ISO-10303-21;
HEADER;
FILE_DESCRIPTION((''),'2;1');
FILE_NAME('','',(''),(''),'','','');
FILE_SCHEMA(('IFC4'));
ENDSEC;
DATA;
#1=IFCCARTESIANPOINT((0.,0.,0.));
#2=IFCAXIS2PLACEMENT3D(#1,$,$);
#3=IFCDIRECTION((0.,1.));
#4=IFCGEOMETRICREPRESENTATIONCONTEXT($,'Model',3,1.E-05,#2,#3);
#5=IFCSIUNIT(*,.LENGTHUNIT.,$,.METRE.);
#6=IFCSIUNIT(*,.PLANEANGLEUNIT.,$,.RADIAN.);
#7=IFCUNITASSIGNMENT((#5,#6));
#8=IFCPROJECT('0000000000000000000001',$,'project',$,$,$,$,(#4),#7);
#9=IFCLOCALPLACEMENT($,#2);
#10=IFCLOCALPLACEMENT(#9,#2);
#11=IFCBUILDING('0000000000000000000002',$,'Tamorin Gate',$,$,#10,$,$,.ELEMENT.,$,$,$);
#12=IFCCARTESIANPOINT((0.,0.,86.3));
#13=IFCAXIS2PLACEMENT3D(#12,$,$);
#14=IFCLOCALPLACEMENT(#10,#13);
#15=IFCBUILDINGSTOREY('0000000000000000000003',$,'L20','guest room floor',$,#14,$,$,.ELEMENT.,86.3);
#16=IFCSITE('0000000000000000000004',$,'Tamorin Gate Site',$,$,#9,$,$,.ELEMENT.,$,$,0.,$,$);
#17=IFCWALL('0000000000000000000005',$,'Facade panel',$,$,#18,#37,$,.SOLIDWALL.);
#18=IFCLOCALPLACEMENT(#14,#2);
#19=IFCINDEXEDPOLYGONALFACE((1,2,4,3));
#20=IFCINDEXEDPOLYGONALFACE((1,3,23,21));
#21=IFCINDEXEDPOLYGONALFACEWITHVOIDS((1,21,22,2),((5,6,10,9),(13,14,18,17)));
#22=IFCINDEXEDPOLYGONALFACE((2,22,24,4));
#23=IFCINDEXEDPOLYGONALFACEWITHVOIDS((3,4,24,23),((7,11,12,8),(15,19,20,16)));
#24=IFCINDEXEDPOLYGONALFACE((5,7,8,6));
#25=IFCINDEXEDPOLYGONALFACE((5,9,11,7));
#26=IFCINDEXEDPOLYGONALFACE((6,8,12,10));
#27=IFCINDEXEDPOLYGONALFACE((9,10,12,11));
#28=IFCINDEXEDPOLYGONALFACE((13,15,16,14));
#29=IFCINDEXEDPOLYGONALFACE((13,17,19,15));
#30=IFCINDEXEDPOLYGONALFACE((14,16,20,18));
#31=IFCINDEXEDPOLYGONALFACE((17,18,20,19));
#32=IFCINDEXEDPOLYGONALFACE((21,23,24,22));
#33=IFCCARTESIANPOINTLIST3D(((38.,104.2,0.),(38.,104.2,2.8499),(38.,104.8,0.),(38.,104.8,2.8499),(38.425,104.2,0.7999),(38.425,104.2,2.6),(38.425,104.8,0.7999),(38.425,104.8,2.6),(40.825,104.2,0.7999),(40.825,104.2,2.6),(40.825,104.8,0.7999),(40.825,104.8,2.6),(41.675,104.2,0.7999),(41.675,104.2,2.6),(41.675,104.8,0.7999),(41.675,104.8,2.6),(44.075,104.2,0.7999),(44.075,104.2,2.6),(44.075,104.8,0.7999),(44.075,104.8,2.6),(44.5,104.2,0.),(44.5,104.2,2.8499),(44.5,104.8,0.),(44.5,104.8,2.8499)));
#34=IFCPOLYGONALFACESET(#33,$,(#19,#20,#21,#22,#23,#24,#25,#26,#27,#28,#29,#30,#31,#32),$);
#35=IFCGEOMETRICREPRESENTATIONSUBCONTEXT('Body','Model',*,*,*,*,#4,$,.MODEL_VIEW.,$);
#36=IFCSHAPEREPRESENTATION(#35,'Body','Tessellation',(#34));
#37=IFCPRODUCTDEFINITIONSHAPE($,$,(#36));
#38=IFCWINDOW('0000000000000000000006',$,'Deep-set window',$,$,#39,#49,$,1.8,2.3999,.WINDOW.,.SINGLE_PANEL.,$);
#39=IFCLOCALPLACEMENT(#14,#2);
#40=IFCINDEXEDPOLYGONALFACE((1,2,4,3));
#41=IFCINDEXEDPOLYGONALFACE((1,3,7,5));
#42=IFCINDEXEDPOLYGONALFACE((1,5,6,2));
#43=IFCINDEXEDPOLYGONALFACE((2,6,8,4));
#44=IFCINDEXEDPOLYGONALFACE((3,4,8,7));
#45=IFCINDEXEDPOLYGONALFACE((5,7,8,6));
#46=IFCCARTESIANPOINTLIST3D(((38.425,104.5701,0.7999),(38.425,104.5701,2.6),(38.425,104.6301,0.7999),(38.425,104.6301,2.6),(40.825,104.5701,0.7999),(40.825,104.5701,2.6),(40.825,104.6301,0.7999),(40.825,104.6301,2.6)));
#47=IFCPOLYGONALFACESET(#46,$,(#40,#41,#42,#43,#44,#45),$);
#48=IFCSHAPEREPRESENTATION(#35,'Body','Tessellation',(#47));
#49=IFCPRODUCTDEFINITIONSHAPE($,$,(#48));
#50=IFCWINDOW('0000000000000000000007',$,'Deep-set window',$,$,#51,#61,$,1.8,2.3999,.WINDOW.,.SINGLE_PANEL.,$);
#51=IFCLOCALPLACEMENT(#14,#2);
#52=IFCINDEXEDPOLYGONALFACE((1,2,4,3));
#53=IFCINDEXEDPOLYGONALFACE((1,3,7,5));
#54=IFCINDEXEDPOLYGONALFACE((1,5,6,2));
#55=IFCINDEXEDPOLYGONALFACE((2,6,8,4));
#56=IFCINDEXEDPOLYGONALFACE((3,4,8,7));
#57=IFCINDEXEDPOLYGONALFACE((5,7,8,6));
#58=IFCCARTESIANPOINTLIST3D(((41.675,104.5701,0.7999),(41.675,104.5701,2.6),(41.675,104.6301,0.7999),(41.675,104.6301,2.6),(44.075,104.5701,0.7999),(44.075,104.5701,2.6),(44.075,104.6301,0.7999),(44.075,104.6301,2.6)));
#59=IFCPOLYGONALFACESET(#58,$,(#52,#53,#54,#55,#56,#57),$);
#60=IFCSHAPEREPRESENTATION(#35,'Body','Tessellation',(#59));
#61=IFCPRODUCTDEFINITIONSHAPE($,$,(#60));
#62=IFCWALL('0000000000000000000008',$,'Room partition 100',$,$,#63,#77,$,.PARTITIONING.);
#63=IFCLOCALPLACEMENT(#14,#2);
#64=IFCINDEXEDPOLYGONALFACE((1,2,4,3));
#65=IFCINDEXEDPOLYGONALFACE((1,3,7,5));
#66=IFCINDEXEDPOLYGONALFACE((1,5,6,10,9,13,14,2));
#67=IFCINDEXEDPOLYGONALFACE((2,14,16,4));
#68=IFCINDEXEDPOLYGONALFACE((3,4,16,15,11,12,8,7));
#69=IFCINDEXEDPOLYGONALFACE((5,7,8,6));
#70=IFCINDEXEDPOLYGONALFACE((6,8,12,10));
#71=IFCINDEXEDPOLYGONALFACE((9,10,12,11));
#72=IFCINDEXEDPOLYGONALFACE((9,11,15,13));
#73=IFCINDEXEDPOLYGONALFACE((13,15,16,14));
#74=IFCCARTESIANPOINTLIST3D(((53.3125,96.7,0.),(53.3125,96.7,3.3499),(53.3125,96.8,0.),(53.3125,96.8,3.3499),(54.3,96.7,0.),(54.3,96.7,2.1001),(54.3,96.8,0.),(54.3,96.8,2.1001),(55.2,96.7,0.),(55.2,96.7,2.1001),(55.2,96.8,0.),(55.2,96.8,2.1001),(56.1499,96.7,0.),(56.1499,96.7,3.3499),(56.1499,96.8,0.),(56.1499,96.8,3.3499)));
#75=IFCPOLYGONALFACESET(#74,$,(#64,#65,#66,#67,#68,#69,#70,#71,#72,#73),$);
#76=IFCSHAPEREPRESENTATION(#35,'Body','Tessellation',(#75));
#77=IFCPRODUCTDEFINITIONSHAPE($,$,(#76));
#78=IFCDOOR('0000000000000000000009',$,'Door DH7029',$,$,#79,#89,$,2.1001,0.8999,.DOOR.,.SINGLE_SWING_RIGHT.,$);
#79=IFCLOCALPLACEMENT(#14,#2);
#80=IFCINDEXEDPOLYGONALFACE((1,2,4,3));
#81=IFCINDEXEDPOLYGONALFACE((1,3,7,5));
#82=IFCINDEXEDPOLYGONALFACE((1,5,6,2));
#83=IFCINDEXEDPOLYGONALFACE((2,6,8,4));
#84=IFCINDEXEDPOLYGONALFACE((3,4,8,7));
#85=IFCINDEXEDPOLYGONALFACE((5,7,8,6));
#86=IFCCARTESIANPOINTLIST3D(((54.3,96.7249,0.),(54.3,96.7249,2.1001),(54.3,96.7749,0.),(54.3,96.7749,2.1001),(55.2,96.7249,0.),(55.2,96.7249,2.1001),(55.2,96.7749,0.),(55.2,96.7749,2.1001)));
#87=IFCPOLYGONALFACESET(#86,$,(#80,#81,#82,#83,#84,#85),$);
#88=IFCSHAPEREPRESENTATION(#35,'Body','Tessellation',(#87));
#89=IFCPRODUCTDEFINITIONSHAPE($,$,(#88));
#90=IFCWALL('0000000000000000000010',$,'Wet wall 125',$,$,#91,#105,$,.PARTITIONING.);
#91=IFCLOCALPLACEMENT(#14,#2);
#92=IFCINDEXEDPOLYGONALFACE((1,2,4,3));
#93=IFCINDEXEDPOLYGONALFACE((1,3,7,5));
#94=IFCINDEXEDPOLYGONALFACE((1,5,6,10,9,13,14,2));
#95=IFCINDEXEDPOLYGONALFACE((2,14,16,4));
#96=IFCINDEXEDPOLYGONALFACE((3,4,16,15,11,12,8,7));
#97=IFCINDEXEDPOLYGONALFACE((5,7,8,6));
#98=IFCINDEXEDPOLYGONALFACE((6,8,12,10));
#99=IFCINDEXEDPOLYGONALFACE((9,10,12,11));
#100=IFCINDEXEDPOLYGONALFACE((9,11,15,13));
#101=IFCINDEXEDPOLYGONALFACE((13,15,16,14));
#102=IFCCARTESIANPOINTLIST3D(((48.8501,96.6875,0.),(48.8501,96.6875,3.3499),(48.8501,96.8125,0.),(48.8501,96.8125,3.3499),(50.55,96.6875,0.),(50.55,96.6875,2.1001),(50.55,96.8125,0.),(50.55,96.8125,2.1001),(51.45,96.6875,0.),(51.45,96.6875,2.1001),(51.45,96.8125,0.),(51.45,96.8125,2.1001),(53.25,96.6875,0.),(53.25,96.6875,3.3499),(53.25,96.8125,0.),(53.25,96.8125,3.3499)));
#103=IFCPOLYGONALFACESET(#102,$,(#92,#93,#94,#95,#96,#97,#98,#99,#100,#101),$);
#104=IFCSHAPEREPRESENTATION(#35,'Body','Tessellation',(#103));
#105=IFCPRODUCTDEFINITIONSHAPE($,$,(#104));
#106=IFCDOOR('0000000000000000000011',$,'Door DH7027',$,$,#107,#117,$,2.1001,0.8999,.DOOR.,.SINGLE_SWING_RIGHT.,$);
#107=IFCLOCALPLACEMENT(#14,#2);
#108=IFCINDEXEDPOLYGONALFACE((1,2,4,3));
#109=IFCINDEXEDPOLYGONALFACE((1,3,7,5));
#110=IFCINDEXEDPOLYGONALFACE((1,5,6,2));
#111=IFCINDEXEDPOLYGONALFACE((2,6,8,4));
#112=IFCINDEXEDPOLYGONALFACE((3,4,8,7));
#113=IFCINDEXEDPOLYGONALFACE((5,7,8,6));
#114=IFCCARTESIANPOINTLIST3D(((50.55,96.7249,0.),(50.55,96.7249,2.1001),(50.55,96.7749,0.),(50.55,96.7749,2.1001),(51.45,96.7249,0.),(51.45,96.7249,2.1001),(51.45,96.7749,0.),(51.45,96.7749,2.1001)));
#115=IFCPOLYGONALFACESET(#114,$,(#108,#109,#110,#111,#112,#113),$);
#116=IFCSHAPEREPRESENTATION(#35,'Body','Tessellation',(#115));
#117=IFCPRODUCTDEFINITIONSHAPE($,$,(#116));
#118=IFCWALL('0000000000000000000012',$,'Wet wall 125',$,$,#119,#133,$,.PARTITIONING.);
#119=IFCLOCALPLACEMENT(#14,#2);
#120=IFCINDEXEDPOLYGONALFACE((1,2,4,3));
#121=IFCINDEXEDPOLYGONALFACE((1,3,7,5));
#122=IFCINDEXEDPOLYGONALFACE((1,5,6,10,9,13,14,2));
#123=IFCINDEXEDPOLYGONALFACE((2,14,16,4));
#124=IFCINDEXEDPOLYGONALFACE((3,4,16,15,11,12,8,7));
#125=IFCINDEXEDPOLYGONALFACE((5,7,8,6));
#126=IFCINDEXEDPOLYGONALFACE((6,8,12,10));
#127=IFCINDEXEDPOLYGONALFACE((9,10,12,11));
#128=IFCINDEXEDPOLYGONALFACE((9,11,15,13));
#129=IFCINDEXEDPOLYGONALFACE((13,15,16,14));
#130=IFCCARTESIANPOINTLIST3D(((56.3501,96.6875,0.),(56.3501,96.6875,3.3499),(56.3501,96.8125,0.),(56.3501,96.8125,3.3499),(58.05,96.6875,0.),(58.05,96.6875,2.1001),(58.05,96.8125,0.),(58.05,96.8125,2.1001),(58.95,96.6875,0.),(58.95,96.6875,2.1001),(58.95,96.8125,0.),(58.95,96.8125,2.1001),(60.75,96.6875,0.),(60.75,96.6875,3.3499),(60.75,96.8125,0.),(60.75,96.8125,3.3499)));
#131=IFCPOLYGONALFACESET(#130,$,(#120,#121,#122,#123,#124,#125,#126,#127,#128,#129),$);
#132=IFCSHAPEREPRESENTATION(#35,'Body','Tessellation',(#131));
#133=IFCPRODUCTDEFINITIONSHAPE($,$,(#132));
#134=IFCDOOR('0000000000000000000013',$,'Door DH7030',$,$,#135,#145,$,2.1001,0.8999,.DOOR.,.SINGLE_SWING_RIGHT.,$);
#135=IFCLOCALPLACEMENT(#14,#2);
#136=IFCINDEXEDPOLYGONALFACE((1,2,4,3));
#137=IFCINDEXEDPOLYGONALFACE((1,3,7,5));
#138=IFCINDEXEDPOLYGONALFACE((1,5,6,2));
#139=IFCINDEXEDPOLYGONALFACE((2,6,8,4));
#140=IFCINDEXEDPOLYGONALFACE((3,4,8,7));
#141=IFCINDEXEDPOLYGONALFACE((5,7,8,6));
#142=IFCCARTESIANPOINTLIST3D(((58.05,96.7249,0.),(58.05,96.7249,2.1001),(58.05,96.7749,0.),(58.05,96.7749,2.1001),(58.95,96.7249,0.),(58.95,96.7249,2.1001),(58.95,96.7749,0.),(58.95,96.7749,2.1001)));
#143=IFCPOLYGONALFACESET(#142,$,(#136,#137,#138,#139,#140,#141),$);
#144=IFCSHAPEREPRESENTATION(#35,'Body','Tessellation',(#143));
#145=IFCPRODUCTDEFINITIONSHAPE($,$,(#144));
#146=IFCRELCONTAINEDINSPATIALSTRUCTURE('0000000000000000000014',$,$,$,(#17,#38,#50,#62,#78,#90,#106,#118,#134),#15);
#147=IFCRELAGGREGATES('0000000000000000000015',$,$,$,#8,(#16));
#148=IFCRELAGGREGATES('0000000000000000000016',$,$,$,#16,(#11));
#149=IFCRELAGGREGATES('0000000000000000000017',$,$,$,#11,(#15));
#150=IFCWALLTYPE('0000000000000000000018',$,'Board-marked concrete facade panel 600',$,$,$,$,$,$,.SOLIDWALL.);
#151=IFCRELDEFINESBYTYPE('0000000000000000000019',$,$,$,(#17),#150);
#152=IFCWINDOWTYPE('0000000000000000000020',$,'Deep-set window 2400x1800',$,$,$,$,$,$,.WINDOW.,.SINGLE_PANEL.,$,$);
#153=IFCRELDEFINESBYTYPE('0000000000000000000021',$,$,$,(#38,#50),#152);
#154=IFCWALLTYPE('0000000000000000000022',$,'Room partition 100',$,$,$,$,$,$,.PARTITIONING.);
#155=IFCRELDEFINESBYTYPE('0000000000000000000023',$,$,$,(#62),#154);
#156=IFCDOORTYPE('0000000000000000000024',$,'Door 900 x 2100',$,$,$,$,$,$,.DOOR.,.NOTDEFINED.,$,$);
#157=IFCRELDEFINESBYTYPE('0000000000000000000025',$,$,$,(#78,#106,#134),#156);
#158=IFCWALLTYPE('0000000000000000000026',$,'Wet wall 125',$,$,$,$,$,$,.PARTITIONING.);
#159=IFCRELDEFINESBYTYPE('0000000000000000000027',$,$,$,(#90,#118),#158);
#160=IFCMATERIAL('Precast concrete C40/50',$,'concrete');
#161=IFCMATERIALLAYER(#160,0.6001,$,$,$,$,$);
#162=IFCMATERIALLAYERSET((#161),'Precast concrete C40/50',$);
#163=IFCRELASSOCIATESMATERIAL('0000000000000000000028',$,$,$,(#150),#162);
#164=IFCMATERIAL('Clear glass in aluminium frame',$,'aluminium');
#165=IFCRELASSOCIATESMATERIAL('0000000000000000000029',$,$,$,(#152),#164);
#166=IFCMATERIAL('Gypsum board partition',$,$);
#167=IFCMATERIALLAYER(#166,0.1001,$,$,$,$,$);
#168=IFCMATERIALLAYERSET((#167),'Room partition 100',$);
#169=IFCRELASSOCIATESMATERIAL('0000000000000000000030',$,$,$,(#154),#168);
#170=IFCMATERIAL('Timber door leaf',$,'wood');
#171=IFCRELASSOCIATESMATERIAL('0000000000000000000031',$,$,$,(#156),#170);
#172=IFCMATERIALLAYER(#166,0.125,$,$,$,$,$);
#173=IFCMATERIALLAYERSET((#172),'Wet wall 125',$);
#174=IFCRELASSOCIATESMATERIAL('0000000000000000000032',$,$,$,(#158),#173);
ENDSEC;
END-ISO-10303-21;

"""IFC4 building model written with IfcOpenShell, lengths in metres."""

from ifc_helpers import new_model, si_unit, direction, frame, frame_2d, origin, place, context, subcontext, project, spatial, rectangle, extrude, material, layer, layer_set, type_object, element, fill, save


model = new_model("IFC4")

# Units and contexts
model_context = context("Model", 3, precision=1e-05, world=origin(), true_north=direction((0.0, 1.0)))
body_context = subcontext(model_context, "Body", "Model", "MODEL_VIEW")
ifc_project = project(units=[si_unit("LENGTHUNIT", "METRE"), si_unit("PLANEANGLEUNIT", "RADIAN")], contexts=[model_context])

# Site, building, storey
site_placement = place(None, origin())
site = spatial("IfcSite", under=ifc_project, at=site_placement, Name="Tamorin Gate Site", CompositionType="ELEMENT", RefElevation=0.0)
building_placement = place(site_placement, origin())
building = spatial("IfcBuilding", under=site, at=building_placement, Name="Tamorin Gate", CompositionType="ELEMENT")
storey_placement = place(building_placement, frame((0.0, 0.0, 86.3)))
storey = spatial("IfcBuildingStorey", under=building, at=storey_placement, Name="L20", Description="guest room floor", CompositionType="ELEMENT", Elevation=86.3)

# Wall, openings, windows
ifc_material_1 = material(Name="Precast concrete C40/50", Category="concrete")
ifc_layer_1 = layer(ifc_material_1, 0.6001)
ifc_layer_set_1 = layer_set([ifc_layer_1], Name="Precast concrete C40/50")
wall_type_1 = type_object("IfcWallType", Name="Board-marked concrete facade panel 600", PredefinedType="SOLIDWALL", material=ifc_layer_set_1)
ifc_material_2 = material(Name="Clear glass in aluminium frame", Category="aluminium")
window_type = type_object("IfcWindowType", Name="Deep-set window 2400x1800", PartitioningType="SINGLE_PANEL", PredefinedType="WINDOW", material=ifc_material_2)
wall_1_placement = place(storey_placement, frame((44.5, 104.5, 0.0), z_axis=(0.0, 0.0, 1.0), x_axis=(-1.0, 0.0, 0.0)))
wall_1 = element("IfcWall", 1, at=wall_1_placement, inside=storey, type_object=wall_type_1, Name="Facade panel", PredefinedType="SOLIDWALL", context=body_context, shape_type="SweptSolid", body=[
    extrude(rectangle(XDim=6.5, YDim=0.6001, at=frame_2d((3.25, 0.0))), origin(), (0.0, 0.0, 1.0), 2.8499),
])
opening_1_placement = place(wall_1_placement, frame((3.675, 0.0, 0.8)))
opening_1 = element("IfcOpeningElement", 2, at=opening_1_placement, cuts=wall_1, PredefinedType="OPENING", context=body_context, shape_type="SweptSolid", body=[
    extrude(rectangle(XDim=2.3999, YDim=1.8, at=frame_2d((1.2, 0.8999))), frame((0.0, 0.3101, 0.0), z_axis=(0.0, -1.0, 0.0), x_axis=(1.0, 0.0, 0.0)), (0.0, 0.0, 1.0), 0.6201),
])
opening_2_placement = place(wall_1_placement, frame((0.425, 0.0, 0.8)))
opening_2 = element("IfcOpeningElement", 3, at=opening_2_placement, cuts=wall_1, PredefinedType="OPENING", context=body_context, shape_type="SweptSolid", body=[
    extrude(rectangle(XDim=2.3999, YDim=1.8, at=frame_2d((1.2, 0.8999))), frame((0.0, 0.3101, 0.0), z_axis=(0.0, -1.0, 0.0), x_axis=(1.0, 0.0, 0.0)), (0.0, 0.0, 1.0), 0.6201),
])
window_1_placement = place(opening_1_placement, origin())
window_1 = element("IfcWindow", 4, at=window_1_placement, inside=storey, type_object=window_type, Name="Deep-set window", OverallHeight=1.8, OverallWidth=2.3999, PartitioningType="SINGLE_PANEL", PredefinedType="WINDOW", context=body_context, shape_type="SweptSolid", body=[
    extrude(rectangle(XDim=2.3999, YDim=1.8, at=frame_2d((1.2, 0.8999))), frame((0.0, -0.0701, 0.0), z_axis=(0.0, -1.0, 0.0), x_axis=(1.0, 0.0, 0.0)), (0.0, 0.0, 1.0), 0.0601),
])
fill(opening_1, window_1)
window_2_placement = place(opening_2_placement, origin())
window_2 = element("IfcWindow", 5, at=window_2_placement, inside=storey, type_object=window_type, Name="Deep-set window", OverallHeight=1.8, OverallWidth=2.3999, PartitioningType="SINGLE_PANEL", PredefinedType="WINDOW", context=body_context, shape_type="SweptSolid", body=[
    extrude(rectangle(XDim=2.3999, YDim=1.8, at=frame_2d((1.2, 0.8999))), frame((0.0, -0.0701, 0.0), z_axis=(0.0, -1.0, 0.0), x_axis=(1.0, 0.0, 0.0)), (0.0, 0.0, 1.0), 0.0601),
])
fill(opening_2, window_2)

# Walls, openings, doors
ifc_material_3 = material(Name="Gypsum board partition")
ifc_layer_2 = layer(ifc_material_3, 0.1001)
ifc_layer_set_2 = layer_set([ifc_layer_2], Name="Room partition 100")
wall_type_2 = type_object("IfcWallType", Name="Room partition 100", PredefinedType="PARTITIONING", material=ifc_layer_set_2)
wall_2_placement = place(storey_placement, frame((53.3125, 96.75, 0.0), z_axis=(0.0, 0.0, 1.0), x_axis=(1.0, 0.0, 0.0)))
wall_2 = element("IfcWall", 6, at=wall_2_placement, inside=storey, type_object=wall_type_2, Name="Room partition 100", PredefinedType="PARTITIONING", context=body_context, shape_type="SweptSolid", body=[
    extrude(rectangle(XDim=2.8374, YDim=0.1001, at=frame_2d((1.4187, 0.0))), origin(), (0.0, 0.0, 1.0), 3.3499),
])
opening_3_placement = place(wall_2_placement, frame((0.9875, 0.0, 0.0)))
opening_3 = element("IfcOpeningElement", 7, at=opening_3_placement, cuts=wall_2, PredefinedType="OPENING", context=body_context, shape_type="SweptSolid", body=[
    extrude(rectangle(XDim=0.8999, YDim=2.1001, at=frame_2d((0.45, 1.05))), frame((0.0, 0.0601, 0.0), z_axis=(0.0, -1.0, 0.0), x_axis=(1.0, 0.0, 0.0)), (0.0, 0.0, 1.0), 0.1201),
])
ifc_material_4 = material(Name="Timber door leaf", Category="wood")
door_type = type_object("IfcDoorType", Name="Door 900 x 2100", OperationType="NOTDEFINED", PredefinedType="DOOR", material=ifc_material_4)
door_1_placement = place(opening_3_placement, origin())
door_1 = element("IfcDoor", 8, at=door_1_placement, inside=storey, type_object=door_type, Name="Door DH7029", OperationType="SINGLE_SWING_RIGHT", OverallHeight=2.1001, OverallWidth=0.8999, PredefinedType="DOOR", context=body_context, shape_type="SweptSolid", body=[
    extrude(rectangle(XDim=0.8999, YDim=2.1001, at=frame_2d((0.45, 1.05))), frame((0.0, 0.0249, 0.0), z_axis=(0.0, -1.0, 0.0), x_axis=(1.0, 0.0, 0.0)), (0.0, 0.0, 1.0), 0.05),
])
fill(opening_3, door_1)
ifc_layer_3 = layer(ifc_material_3, 0.125)
ifc_layer_set_3 = layer_set([ifc_layer_3], Name="Wet wall 125")
wall_type_3 = type_object("IfcWallType", Name="Wet wall 125", PredefinedType="PARTITIONING", material=ifc_layer_set_3)
wall_3_placement = place(storey_placement, frame((48.8501, 96.75, 0.0), z_axis=(0.0, 0.0, 1.0), x_axis=(1.0, 0.0, 0.0)))
wall_3 = element("IfcWall", 9, at=wall_3_placement, inside=storey, type_object=wall_type_3, Name="Wet wall 125", PredefinedType="PARTITIONING", context=body_context, shape_type="SweptSolid", body=[
    extrude(rectangle(XDim=4.3999, YDim=0.125, at=frame_2d((2.2, 0.0))), origin(), (0.0, 0.0, 1.0), 3.3499),
])
opening_4_placement = place(wall_3_placement, frame((1.7, 0.0, 0.0)))
opening_4 = element("IfcOpeningElement", 10, at=opening_4_placement, cuts=wall_3, PredefinedType="OPENING", context=body_context, shape_type="SweptSolid", body=[
    extrude(rectangle(XDim=0.8999, YDim=2.1001, at=frame_2d((0.45, 1.05))), frame((0.0, 0.0725, 0.0), z_axis=(0.0, -1.0, 0.0), x_axis=(1.0, 0.0, 0.0)), (0.0, 0.0, 1.0), 0.145),
])
door_2_placement = place(opening_4_placement, origin())
door_2 = element("IfcDoor", 11, at=door_2_placement, inside=storey, type_object=door_type, Name="Door DH7027", OperationType="SINGLE_SWING_RIGHT", OverallHeight=2.1001, OverallWidth=0.8999, PredefinedType="DOOR", context=body_context, shape_type="SweptSolid", body=[
    extrude(rectangle(XDim=0.8999, YDim=2.1001, at=frame_2d((0.45, 1.05))), frame((0.0, 0.0249, 0.0), z_axis=(0.0, -1.0, 0.0), x_axis=(1.0, 0.0, 0.0)), (0.0, 0.0, 1.0), 0.05),
])
fill(opening_4, door_2)
wall_4_placement = place(storey_placement, frame((56.3501, 96.75, 0.0), z_axis=(0.0, 0.0, 1.0), x_axis=(1.0, 0.0, 0.0)))
wall_4 = element("IfcWall", 12, at=wall_4_placement, inside=storey, type_object=wall_type_3, Name="Wet wall 125", PredefinedType="PARTITIONING", context=body_context, shape_type="SweptSolid", body=[
    extrude(rectangle(XDim=4.3999, YDim=0.125, at=frame_2d((2.2, 0.0))), origin(), (0.0, 0.0, 1.0), 3.3499),
])
opening_5_placement = place(wall_4_placement, frame((1.7, 0.0, 0.0)))
opening_5 = element("IfcOpeningElement", 13, at=opening_5_placement, cuts=wall_4, PredefinedType="OPENING", context=body_context, shape_type="SweptSolid", body=[
    extrude(rectangle(XDim=0.8999, YDim=2.1001, at=frame_2d((0.45, 1.05))), frame((0.0, 0.0725, 0.0), z_axis=(0.0, -1.0, 0.0), x_axis=(1.0, 0.0, 0.0)), (0.0, 0.0, 1.0), 0.145),
])
door_3_placement = place(opening_5_placement, origin())
door_3 = element("IfcDoor", 14, at=door_3_placement, inside=storey, type_object=door_type, Name="Door DH7030", OperationType="SINGLE_SWING_RIGHT", OverallHeight=2.1001, OverallWidth=0.8999, PredefinedType="DOOR", context=body_context, shape_type="SweptSolid", body=[
    extrude(rectangle(XDim=0.8999, YDim=2.1001, at=frame_2d((0.45, 1.05))), frame((0.0, 0.0249, 0.0), z_axis=(0.0, -1.0, 0.0), x_axis=(1.0, 0.0, 0.0)), (0.0, 0.0, 1.0), 0.05),
])
fill(opening_5, door_3)

save(model, "model.ifc")
